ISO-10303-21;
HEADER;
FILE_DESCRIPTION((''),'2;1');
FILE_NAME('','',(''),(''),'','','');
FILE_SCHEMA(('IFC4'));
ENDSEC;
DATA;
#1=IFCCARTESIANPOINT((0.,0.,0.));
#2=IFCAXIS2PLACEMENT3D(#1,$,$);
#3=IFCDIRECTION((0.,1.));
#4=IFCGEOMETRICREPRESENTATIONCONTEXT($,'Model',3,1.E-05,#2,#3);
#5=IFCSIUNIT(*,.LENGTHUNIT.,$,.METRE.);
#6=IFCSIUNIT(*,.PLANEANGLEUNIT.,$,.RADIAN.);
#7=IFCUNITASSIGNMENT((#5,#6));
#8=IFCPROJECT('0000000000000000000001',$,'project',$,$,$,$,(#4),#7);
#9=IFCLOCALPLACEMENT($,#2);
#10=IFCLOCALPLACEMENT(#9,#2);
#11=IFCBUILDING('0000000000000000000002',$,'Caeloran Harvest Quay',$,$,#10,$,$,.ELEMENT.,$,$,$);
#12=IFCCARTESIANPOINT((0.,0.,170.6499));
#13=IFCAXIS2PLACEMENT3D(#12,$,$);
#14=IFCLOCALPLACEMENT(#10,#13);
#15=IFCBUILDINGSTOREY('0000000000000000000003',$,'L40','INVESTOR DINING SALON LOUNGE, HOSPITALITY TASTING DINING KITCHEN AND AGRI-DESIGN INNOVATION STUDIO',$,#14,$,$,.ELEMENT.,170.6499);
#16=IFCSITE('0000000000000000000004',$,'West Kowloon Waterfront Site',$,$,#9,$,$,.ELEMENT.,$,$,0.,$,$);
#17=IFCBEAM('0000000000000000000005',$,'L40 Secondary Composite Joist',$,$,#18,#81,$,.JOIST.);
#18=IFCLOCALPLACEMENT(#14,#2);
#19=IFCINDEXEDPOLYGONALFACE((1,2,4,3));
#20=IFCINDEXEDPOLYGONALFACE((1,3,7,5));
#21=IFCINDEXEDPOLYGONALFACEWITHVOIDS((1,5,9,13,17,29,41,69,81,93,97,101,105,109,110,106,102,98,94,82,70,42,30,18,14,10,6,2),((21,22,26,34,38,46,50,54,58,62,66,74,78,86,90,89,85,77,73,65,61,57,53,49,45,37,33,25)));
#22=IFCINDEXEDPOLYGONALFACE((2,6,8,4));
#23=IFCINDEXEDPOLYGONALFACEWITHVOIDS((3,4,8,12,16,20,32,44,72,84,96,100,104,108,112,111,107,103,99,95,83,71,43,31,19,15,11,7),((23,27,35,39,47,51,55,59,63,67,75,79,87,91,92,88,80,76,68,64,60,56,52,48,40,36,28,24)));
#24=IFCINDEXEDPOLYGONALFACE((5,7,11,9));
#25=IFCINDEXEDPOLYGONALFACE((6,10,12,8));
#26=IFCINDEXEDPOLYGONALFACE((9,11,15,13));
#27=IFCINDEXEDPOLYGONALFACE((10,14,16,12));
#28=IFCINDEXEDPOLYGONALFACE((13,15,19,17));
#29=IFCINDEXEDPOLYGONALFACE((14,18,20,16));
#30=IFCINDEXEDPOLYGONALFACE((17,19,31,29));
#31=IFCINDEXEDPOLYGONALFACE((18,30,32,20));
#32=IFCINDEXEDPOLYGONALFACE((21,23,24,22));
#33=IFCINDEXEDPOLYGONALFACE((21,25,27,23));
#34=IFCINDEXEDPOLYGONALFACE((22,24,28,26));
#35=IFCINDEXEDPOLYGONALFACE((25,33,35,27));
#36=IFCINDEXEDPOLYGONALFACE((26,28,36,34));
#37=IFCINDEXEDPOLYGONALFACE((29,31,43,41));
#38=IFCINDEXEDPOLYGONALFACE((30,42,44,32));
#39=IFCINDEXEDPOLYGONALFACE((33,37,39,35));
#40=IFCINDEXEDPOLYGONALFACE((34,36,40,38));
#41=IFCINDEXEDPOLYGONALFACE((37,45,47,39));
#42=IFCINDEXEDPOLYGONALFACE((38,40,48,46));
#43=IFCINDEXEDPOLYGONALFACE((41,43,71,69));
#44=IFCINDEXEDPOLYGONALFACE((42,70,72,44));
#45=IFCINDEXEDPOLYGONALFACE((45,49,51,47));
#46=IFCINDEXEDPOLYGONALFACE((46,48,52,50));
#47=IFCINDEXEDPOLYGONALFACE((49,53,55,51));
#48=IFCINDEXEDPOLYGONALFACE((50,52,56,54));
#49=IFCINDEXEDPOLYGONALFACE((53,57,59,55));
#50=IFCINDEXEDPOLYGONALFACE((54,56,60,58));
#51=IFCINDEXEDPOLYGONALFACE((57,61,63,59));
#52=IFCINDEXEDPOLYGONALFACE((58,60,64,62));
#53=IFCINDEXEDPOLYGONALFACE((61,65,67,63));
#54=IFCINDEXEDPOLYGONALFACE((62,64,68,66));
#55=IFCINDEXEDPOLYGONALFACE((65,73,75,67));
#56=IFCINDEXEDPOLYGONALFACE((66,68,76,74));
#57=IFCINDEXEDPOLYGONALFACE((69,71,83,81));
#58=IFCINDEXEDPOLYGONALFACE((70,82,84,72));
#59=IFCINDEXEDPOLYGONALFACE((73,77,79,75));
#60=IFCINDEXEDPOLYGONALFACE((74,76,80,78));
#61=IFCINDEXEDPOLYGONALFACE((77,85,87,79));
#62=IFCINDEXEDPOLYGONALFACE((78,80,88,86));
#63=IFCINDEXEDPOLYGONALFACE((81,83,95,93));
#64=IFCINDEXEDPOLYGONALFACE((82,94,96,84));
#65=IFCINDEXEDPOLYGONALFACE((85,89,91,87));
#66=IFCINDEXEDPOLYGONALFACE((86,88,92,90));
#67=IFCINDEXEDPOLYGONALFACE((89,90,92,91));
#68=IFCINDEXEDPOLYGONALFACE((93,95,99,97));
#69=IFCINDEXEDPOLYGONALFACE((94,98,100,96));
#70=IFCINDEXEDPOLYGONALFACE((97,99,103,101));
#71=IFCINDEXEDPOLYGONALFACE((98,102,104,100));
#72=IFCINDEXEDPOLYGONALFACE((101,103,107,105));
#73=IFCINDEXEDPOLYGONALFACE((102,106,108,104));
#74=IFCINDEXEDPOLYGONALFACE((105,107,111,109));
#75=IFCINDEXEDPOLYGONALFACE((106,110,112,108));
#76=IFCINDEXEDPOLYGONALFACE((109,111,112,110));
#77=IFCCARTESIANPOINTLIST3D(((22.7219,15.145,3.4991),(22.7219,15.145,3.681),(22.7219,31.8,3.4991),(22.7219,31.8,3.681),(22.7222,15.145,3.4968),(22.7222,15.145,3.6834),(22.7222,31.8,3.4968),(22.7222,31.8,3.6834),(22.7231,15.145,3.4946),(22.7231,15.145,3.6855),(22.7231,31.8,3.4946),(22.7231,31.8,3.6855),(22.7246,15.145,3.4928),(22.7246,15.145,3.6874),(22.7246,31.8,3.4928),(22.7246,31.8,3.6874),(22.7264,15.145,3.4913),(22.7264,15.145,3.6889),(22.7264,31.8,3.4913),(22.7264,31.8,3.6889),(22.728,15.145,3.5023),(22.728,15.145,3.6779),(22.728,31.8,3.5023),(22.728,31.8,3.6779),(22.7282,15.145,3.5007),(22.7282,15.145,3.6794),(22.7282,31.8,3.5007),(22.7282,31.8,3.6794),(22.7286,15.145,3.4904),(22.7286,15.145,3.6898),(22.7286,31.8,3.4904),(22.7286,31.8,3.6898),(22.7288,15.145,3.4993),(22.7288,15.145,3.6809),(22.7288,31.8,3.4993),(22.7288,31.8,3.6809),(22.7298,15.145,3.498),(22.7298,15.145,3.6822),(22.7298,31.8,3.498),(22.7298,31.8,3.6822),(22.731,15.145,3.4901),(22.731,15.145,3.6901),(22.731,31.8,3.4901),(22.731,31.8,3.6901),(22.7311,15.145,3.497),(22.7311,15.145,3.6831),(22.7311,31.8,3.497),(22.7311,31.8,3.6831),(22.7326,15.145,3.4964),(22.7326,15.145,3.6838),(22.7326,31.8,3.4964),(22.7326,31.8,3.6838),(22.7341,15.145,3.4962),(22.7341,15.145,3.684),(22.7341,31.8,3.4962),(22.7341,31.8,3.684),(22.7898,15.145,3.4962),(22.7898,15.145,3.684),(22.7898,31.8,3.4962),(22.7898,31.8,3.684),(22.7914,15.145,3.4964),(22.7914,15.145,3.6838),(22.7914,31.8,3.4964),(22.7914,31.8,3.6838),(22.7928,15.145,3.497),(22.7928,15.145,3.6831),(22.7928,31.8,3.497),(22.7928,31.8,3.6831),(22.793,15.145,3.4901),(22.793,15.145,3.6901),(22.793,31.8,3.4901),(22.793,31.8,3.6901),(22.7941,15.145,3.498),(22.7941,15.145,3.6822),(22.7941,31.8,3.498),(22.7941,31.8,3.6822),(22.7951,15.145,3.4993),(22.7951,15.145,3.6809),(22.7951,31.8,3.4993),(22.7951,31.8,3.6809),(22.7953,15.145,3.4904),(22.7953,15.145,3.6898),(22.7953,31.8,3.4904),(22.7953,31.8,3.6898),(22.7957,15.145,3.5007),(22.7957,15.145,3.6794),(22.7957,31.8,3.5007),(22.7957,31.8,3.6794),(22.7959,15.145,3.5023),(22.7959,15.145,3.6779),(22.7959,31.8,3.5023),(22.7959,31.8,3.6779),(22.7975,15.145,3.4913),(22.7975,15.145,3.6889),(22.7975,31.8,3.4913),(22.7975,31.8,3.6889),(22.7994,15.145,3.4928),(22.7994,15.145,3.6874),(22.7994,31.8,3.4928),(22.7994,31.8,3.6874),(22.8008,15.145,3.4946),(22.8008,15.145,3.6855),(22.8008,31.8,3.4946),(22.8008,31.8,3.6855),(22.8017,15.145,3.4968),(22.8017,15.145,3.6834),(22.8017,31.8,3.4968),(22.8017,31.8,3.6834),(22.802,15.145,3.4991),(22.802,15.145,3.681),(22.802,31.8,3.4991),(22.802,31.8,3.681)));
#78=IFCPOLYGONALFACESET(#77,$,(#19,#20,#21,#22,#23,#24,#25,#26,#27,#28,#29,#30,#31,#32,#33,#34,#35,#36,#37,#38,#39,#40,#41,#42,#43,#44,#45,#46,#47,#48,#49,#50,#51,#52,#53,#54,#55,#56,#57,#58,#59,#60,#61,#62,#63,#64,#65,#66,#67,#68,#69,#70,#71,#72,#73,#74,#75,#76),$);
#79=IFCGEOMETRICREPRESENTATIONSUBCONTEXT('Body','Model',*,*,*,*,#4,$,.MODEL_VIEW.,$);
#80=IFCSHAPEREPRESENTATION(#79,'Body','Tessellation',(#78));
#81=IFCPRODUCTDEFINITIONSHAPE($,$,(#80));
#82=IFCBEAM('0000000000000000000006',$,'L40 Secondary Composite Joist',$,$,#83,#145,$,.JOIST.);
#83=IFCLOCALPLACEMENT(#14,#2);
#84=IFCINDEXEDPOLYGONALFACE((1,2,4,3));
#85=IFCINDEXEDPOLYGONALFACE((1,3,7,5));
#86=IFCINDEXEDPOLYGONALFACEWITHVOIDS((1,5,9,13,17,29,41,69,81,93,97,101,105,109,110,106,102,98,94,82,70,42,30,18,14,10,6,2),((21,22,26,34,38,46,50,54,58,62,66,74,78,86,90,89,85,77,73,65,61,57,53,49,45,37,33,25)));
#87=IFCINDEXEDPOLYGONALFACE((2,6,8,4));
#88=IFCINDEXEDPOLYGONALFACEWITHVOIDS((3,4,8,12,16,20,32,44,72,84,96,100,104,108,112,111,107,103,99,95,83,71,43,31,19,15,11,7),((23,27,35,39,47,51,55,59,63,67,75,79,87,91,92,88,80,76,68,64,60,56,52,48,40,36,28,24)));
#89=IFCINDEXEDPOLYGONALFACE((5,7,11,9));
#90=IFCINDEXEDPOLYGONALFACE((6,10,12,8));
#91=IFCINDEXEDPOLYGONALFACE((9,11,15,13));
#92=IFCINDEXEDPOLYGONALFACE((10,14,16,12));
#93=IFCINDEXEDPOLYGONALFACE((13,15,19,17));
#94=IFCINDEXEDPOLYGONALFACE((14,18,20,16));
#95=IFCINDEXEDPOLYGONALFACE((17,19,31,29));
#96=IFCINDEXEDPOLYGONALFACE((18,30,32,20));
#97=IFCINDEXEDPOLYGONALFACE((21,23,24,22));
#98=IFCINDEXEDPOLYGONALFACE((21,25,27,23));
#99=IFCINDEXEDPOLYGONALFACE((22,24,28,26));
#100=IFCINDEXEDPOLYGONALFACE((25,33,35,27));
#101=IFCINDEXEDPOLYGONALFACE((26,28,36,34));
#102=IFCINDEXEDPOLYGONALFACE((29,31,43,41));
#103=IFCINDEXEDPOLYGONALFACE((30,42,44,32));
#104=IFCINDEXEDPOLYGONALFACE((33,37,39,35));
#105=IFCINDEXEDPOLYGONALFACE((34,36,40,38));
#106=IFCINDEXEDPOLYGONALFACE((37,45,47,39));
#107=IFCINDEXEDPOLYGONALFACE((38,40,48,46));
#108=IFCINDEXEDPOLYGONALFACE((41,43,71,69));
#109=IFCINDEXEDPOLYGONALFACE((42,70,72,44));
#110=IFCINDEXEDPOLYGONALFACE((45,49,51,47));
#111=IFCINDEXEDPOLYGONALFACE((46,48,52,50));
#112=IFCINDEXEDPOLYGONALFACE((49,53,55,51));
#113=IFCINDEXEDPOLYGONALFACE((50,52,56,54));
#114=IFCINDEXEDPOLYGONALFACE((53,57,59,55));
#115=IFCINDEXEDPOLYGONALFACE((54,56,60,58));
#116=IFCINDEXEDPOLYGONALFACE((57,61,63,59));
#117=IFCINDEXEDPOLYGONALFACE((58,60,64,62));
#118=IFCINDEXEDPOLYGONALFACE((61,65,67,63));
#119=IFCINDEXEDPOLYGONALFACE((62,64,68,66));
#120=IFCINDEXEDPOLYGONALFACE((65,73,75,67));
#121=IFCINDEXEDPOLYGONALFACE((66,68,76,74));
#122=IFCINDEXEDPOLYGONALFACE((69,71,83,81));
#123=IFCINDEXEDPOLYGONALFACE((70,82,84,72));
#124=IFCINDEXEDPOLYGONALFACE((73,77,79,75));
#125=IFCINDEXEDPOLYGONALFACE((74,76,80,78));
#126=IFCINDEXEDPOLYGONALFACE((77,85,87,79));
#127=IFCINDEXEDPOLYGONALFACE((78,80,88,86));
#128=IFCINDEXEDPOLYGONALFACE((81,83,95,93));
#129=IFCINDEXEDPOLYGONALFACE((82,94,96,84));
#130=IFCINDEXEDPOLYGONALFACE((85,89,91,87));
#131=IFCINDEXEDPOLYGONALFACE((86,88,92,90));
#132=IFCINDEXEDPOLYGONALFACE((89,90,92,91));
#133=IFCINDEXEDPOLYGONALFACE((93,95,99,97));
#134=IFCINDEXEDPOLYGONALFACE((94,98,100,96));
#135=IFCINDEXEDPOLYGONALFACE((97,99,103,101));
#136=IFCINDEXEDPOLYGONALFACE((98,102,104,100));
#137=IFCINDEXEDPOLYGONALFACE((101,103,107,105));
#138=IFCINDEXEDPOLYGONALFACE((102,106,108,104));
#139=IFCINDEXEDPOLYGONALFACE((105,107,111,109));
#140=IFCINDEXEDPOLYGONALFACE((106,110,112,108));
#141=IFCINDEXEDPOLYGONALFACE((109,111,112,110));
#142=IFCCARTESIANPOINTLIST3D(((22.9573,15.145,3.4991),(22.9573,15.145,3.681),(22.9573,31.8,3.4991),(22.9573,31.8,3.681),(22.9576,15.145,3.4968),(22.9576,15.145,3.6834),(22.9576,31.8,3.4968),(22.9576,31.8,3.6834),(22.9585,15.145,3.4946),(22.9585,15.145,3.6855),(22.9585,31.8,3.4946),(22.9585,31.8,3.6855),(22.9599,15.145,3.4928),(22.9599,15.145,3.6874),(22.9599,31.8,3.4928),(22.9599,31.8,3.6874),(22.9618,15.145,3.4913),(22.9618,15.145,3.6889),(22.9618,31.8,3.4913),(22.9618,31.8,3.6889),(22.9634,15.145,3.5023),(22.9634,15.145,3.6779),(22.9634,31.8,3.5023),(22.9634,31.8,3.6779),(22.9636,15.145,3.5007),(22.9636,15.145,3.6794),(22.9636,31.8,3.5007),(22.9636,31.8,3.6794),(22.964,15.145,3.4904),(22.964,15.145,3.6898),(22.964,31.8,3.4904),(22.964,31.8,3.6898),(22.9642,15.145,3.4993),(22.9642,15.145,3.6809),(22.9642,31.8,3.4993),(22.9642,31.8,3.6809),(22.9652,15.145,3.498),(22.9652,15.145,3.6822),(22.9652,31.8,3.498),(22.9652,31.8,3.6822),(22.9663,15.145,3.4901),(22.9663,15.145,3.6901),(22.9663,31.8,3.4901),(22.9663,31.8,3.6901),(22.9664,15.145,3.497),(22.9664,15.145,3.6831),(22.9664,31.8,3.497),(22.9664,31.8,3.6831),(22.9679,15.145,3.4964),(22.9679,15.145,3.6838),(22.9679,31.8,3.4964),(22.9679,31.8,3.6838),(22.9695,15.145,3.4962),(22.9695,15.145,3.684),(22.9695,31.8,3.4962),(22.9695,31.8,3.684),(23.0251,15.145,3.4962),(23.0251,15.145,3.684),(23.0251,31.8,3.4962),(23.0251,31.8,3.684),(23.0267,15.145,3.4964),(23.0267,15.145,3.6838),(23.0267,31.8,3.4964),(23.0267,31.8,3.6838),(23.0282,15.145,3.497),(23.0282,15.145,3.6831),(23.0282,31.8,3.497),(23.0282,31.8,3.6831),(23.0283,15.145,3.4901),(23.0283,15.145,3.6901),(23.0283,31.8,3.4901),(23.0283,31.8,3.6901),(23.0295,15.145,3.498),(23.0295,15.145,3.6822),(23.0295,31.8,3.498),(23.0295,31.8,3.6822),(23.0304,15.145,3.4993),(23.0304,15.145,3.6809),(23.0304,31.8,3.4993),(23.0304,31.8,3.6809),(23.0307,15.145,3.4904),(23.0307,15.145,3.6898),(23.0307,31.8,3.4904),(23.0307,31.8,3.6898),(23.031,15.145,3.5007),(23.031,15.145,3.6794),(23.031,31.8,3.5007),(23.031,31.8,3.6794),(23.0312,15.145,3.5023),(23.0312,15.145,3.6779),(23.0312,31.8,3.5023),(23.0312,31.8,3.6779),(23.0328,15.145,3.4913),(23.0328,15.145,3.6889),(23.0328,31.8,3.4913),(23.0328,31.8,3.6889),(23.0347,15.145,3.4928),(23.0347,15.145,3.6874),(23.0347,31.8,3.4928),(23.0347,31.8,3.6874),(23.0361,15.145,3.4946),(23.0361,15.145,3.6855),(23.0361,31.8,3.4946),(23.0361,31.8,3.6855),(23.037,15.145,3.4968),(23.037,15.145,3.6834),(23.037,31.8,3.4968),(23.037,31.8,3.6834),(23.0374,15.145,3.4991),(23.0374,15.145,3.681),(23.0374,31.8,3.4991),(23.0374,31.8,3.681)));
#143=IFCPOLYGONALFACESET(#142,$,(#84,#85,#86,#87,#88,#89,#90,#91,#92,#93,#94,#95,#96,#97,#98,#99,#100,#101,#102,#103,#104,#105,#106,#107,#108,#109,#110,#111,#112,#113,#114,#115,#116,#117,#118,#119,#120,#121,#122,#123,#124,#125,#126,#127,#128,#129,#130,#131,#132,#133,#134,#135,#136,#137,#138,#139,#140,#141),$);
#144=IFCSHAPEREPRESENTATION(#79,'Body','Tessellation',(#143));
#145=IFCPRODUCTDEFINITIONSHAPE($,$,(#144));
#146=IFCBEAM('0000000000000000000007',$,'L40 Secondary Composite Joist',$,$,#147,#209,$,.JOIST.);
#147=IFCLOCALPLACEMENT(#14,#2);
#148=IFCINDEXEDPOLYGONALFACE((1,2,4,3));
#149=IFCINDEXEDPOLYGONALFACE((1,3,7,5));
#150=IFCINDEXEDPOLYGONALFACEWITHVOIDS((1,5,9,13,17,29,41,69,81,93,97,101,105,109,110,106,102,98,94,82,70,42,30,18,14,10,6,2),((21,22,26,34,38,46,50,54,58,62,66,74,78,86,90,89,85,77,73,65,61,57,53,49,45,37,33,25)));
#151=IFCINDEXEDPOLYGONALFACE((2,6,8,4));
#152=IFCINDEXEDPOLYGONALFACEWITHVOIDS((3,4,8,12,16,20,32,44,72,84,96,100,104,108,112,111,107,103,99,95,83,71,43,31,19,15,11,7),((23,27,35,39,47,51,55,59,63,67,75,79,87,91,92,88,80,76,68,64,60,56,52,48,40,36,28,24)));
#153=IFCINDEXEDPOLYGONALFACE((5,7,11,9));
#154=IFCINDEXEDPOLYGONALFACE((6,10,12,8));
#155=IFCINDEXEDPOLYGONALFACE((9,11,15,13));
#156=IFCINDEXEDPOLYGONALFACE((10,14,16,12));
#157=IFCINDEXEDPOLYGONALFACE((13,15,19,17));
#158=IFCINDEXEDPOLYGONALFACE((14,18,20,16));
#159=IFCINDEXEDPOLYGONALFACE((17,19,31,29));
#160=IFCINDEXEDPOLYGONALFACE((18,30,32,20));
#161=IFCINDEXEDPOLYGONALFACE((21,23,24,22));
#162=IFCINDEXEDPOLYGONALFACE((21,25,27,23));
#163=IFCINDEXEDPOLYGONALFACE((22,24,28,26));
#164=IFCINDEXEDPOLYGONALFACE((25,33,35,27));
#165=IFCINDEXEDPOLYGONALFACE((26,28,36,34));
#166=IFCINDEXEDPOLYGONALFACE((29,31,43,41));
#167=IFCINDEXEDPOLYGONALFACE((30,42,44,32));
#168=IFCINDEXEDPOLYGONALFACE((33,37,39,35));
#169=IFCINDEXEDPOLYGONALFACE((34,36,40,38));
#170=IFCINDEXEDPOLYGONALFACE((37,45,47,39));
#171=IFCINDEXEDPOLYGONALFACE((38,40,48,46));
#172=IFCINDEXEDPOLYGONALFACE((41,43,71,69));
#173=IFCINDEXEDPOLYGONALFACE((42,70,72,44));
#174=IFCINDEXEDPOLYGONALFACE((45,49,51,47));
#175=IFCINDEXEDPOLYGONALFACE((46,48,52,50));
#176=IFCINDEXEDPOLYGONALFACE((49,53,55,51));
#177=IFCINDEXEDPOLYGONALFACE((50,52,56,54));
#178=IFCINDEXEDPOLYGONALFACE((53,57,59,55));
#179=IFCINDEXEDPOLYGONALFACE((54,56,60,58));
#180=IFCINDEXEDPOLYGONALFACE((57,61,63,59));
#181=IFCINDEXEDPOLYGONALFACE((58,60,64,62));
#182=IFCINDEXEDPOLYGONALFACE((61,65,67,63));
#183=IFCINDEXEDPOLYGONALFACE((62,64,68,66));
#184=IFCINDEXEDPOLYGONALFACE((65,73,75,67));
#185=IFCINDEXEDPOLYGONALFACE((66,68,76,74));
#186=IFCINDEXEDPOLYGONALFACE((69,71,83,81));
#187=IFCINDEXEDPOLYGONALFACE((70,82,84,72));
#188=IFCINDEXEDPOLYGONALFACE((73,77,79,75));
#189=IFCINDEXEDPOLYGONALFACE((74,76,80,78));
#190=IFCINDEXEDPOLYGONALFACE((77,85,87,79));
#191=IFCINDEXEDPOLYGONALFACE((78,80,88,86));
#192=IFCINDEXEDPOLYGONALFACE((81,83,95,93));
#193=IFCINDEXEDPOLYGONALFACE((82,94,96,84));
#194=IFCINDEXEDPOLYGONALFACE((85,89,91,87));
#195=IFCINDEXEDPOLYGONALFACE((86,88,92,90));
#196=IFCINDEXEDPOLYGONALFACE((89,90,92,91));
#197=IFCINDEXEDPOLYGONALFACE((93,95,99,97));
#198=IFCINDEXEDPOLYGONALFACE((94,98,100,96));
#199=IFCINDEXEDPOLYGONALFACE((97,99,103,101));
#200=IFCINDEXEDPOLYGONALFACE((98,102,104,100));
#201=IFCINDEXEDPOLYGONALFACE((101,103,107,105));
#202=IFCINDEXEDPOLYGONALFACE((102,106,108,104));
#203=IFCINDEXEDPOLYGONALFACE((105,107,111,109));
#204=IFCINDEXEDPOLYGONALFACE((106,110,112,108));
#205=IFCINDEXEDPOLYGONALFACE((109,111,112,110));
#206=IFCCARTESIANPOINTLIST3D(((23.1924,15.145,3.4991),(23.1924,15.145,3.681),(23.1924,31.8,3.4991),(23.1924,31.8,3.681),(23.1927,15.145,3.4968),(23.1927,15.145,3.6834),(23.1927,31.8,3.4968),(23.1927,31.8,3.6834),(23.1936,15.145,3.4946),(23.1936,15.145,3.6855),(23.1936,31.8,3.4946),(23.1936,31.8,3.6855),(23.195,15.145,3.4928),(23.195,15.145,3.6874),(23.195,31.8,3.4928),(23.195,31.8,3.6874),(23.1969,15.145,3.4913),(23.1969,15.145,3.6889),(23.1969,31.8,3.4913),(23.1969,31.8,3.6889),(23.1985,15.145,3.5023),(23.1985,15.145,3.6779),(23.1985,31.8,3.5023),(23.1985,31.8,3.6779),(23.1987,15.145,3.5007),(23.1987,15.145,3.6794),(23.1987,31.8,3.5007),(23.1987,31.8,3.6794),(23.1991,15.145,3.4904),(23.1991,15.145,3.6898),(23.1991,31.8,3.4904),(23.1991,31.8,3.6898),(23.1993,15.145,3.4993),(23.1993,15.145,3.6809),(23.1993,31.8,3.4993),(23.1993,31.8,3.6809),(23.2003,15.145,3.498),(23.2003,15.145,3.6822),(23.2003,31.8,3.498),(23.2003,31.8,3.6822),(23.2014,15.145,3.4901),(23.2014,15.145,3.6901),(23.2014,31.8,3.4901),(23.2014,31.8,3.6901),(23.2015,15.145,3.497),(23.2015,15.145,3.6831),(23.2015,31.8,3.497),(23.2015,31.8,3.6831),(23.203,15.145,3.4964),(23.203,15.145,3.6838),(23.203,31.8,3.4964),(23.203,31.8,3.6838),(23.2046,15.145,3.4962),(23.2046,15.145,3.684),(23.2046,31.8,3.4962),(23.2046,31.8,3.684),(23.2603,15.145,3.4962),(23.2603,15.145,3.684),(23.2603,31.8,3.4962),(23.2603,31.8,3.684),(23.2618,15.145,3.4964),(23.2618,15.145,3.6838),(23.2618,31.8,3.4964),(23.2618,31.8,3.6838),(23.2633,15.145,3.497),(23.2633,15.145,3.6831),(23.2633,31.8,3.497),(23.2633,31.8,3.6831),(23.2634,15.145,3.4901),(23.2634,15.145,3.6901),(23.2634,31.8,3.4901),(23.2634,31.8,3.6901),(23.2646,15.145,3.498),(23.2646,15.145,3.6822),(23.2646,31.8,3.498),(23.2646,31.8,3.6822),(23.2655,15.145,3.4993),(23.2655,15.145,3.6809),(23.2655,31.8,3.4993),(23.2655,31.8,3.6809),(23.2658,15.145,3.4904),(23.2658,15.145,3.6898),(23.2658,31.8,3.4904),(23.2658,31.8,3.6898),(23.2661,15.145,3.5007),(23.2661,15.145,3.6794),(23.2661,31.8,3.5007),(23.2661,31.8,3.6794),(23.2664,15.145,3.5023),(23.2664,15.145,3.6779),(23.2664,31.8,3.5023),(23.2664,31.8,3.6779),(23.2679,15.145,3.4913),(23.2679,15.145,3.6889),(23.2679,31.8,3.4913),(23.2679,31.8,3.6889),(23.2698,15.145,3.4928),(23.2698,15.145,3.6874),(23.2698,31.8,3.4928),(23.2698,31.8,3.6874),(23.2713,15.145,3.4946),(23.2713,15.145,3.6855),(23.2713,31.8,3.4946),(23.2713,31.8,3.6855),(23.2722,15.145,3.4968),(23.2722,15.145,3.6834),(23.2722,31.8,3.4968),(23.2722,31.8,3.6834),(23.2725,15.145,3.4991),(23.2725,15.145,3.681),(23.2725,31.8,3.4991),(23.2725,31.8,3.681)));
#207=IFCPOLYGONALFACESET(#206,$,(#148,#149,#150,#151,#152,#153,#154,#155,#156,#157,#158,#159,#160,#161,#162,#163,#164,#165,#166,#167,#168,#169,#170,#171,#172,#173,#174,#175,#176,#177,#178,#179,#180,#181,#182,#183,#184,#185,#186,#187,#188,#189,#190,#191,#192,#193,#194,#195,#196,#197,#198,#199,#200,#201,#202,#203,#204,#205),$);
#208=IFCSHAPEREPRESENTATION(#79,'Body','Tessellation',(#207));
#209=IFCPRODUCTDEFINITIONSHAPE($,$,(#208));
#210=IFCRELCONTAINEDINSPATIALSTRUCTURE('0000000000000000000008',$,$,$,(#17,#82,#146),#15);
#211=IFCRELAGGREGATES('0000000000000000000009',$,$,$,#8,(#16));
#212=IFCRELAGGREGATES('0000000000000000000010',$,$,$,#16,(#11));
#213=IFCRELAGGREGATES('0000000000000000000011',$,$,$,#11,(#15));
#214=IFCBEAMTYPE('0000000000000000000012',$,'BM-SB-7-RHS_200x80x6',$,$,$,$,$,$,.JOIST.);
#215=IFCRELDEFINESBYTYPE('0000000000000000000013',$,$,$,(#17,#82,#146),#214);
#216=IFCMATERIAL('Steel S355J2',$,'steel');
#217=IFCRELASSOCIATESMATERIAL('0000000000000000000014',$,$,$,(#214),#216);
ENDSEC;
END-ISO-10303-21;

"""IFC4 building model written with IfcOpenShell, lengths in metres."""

from ifc_helpers import new_model, si_unit, direction, frame, origin, origin_2d, place, context, subcontext, project, spatial, hollow_rectangle, extrude, material, material_profile, profile_set, type_object, element, save


model = new_model("IFC4")

# Units and contexts
model_context = context("Model", 3, precision=1e-05, world=origin(), true_north=direction((0.0, 1.0)))
body_context = subcontext(model_context, "Body", "Model", "MODEL_VIEW")
ifc_project = project(units=[si_unit("LENGTHUNIT", "METRE"), si_unit("PLANEANGLEUNIT", "RADIAN")], contexts=[model_context])

# Site, building, storey
site_placement = place(None, origin())
site = spatial("IfcSite", under=ifc_project, at=site_placement, Name="West Kowloon Waterfront Site", CompositionType="ELEMENT", RefElevation=0.0)
building_placement = place(site_placement, origin())
building = spatial("IfcBuilding", under=site, at=building_placement, Name="Caeloran Harvest Quay", CompositionType="ELEMENT")
storey_placement = place(building_placement, frame((0.0, 0.0, 170.6499)))
storey = spatial("IfcBuildingStorey", under=building, at=storey_placement, Name="L40", Description="INVESTOR DINING SALON LOUNGE, HOSPITALITY TASTING DINING KITCHEN AND AGRI-DESIGN INNOVATION STUDIO", CompositionType="ELEMENT", Elevation=170.6499)

# Beams
ifc_material_1 = material(Name="Steel S355J2", Category="steel")
ifc_material_profile_1 = material_profile(ifc_material_1, hollow_rectangle(XDim=0.0801, YDim=0.2, WallThickness=0.0061, InnerFilletRadius=0.0061, OuterFilletRadius=0.009, at=origin_2d()), Name="RHS 200x80x6")
ifc_profile_set_1 = profile_set([ifc_material_profile_1], Name="Steel S355J2")
beam_type_1 = type_object("IfcBeamType", Name="BM-SB-7-RHS_200x80x6", PredefinedType="JOIST", material=ifc_profile_set_1)
for number, where, z_axis, x_axis, name in (
    (1, (22.762, 15.145, 3.5901), (0.0, 1.0, 0.0), (-1.0, 0.0, 0.0), "L40 Secondary Composite Joist"),
    (2, (22.9973, 15.145, 3.5901), (0.0, 1.0, 0.0), (-1.0, 0.0, 0.0), "L40 Secondary Composite Joist"),
    (3, (23.2324, 15.145, 3.5901), (0.0, 1.0, 0.0), (-1.0, 0.0, 0.0), "L40 Secondary Composite Joist"),
):
    element("IfcBeam", number, at=place(storey_placement, frame(where, z_axis=z_axis, x_axis=x_axis)), inside=storey, type_object=beam_type_1, Name=name, PredefinedType="JOIST", context=body_context, shape_type="SweptSolid", body=[
        extrude(hollow_rectangle(XDim=0.0801, YDim=0.2, WallThickness=0.0061, InnerFilletRadius=0.0061, OuterFilletRadius=0.009, at=origin_2d()), origin(), (0.0, 0.0, 1.0), 16.655),
    ])

save(model, "model.ifc")
